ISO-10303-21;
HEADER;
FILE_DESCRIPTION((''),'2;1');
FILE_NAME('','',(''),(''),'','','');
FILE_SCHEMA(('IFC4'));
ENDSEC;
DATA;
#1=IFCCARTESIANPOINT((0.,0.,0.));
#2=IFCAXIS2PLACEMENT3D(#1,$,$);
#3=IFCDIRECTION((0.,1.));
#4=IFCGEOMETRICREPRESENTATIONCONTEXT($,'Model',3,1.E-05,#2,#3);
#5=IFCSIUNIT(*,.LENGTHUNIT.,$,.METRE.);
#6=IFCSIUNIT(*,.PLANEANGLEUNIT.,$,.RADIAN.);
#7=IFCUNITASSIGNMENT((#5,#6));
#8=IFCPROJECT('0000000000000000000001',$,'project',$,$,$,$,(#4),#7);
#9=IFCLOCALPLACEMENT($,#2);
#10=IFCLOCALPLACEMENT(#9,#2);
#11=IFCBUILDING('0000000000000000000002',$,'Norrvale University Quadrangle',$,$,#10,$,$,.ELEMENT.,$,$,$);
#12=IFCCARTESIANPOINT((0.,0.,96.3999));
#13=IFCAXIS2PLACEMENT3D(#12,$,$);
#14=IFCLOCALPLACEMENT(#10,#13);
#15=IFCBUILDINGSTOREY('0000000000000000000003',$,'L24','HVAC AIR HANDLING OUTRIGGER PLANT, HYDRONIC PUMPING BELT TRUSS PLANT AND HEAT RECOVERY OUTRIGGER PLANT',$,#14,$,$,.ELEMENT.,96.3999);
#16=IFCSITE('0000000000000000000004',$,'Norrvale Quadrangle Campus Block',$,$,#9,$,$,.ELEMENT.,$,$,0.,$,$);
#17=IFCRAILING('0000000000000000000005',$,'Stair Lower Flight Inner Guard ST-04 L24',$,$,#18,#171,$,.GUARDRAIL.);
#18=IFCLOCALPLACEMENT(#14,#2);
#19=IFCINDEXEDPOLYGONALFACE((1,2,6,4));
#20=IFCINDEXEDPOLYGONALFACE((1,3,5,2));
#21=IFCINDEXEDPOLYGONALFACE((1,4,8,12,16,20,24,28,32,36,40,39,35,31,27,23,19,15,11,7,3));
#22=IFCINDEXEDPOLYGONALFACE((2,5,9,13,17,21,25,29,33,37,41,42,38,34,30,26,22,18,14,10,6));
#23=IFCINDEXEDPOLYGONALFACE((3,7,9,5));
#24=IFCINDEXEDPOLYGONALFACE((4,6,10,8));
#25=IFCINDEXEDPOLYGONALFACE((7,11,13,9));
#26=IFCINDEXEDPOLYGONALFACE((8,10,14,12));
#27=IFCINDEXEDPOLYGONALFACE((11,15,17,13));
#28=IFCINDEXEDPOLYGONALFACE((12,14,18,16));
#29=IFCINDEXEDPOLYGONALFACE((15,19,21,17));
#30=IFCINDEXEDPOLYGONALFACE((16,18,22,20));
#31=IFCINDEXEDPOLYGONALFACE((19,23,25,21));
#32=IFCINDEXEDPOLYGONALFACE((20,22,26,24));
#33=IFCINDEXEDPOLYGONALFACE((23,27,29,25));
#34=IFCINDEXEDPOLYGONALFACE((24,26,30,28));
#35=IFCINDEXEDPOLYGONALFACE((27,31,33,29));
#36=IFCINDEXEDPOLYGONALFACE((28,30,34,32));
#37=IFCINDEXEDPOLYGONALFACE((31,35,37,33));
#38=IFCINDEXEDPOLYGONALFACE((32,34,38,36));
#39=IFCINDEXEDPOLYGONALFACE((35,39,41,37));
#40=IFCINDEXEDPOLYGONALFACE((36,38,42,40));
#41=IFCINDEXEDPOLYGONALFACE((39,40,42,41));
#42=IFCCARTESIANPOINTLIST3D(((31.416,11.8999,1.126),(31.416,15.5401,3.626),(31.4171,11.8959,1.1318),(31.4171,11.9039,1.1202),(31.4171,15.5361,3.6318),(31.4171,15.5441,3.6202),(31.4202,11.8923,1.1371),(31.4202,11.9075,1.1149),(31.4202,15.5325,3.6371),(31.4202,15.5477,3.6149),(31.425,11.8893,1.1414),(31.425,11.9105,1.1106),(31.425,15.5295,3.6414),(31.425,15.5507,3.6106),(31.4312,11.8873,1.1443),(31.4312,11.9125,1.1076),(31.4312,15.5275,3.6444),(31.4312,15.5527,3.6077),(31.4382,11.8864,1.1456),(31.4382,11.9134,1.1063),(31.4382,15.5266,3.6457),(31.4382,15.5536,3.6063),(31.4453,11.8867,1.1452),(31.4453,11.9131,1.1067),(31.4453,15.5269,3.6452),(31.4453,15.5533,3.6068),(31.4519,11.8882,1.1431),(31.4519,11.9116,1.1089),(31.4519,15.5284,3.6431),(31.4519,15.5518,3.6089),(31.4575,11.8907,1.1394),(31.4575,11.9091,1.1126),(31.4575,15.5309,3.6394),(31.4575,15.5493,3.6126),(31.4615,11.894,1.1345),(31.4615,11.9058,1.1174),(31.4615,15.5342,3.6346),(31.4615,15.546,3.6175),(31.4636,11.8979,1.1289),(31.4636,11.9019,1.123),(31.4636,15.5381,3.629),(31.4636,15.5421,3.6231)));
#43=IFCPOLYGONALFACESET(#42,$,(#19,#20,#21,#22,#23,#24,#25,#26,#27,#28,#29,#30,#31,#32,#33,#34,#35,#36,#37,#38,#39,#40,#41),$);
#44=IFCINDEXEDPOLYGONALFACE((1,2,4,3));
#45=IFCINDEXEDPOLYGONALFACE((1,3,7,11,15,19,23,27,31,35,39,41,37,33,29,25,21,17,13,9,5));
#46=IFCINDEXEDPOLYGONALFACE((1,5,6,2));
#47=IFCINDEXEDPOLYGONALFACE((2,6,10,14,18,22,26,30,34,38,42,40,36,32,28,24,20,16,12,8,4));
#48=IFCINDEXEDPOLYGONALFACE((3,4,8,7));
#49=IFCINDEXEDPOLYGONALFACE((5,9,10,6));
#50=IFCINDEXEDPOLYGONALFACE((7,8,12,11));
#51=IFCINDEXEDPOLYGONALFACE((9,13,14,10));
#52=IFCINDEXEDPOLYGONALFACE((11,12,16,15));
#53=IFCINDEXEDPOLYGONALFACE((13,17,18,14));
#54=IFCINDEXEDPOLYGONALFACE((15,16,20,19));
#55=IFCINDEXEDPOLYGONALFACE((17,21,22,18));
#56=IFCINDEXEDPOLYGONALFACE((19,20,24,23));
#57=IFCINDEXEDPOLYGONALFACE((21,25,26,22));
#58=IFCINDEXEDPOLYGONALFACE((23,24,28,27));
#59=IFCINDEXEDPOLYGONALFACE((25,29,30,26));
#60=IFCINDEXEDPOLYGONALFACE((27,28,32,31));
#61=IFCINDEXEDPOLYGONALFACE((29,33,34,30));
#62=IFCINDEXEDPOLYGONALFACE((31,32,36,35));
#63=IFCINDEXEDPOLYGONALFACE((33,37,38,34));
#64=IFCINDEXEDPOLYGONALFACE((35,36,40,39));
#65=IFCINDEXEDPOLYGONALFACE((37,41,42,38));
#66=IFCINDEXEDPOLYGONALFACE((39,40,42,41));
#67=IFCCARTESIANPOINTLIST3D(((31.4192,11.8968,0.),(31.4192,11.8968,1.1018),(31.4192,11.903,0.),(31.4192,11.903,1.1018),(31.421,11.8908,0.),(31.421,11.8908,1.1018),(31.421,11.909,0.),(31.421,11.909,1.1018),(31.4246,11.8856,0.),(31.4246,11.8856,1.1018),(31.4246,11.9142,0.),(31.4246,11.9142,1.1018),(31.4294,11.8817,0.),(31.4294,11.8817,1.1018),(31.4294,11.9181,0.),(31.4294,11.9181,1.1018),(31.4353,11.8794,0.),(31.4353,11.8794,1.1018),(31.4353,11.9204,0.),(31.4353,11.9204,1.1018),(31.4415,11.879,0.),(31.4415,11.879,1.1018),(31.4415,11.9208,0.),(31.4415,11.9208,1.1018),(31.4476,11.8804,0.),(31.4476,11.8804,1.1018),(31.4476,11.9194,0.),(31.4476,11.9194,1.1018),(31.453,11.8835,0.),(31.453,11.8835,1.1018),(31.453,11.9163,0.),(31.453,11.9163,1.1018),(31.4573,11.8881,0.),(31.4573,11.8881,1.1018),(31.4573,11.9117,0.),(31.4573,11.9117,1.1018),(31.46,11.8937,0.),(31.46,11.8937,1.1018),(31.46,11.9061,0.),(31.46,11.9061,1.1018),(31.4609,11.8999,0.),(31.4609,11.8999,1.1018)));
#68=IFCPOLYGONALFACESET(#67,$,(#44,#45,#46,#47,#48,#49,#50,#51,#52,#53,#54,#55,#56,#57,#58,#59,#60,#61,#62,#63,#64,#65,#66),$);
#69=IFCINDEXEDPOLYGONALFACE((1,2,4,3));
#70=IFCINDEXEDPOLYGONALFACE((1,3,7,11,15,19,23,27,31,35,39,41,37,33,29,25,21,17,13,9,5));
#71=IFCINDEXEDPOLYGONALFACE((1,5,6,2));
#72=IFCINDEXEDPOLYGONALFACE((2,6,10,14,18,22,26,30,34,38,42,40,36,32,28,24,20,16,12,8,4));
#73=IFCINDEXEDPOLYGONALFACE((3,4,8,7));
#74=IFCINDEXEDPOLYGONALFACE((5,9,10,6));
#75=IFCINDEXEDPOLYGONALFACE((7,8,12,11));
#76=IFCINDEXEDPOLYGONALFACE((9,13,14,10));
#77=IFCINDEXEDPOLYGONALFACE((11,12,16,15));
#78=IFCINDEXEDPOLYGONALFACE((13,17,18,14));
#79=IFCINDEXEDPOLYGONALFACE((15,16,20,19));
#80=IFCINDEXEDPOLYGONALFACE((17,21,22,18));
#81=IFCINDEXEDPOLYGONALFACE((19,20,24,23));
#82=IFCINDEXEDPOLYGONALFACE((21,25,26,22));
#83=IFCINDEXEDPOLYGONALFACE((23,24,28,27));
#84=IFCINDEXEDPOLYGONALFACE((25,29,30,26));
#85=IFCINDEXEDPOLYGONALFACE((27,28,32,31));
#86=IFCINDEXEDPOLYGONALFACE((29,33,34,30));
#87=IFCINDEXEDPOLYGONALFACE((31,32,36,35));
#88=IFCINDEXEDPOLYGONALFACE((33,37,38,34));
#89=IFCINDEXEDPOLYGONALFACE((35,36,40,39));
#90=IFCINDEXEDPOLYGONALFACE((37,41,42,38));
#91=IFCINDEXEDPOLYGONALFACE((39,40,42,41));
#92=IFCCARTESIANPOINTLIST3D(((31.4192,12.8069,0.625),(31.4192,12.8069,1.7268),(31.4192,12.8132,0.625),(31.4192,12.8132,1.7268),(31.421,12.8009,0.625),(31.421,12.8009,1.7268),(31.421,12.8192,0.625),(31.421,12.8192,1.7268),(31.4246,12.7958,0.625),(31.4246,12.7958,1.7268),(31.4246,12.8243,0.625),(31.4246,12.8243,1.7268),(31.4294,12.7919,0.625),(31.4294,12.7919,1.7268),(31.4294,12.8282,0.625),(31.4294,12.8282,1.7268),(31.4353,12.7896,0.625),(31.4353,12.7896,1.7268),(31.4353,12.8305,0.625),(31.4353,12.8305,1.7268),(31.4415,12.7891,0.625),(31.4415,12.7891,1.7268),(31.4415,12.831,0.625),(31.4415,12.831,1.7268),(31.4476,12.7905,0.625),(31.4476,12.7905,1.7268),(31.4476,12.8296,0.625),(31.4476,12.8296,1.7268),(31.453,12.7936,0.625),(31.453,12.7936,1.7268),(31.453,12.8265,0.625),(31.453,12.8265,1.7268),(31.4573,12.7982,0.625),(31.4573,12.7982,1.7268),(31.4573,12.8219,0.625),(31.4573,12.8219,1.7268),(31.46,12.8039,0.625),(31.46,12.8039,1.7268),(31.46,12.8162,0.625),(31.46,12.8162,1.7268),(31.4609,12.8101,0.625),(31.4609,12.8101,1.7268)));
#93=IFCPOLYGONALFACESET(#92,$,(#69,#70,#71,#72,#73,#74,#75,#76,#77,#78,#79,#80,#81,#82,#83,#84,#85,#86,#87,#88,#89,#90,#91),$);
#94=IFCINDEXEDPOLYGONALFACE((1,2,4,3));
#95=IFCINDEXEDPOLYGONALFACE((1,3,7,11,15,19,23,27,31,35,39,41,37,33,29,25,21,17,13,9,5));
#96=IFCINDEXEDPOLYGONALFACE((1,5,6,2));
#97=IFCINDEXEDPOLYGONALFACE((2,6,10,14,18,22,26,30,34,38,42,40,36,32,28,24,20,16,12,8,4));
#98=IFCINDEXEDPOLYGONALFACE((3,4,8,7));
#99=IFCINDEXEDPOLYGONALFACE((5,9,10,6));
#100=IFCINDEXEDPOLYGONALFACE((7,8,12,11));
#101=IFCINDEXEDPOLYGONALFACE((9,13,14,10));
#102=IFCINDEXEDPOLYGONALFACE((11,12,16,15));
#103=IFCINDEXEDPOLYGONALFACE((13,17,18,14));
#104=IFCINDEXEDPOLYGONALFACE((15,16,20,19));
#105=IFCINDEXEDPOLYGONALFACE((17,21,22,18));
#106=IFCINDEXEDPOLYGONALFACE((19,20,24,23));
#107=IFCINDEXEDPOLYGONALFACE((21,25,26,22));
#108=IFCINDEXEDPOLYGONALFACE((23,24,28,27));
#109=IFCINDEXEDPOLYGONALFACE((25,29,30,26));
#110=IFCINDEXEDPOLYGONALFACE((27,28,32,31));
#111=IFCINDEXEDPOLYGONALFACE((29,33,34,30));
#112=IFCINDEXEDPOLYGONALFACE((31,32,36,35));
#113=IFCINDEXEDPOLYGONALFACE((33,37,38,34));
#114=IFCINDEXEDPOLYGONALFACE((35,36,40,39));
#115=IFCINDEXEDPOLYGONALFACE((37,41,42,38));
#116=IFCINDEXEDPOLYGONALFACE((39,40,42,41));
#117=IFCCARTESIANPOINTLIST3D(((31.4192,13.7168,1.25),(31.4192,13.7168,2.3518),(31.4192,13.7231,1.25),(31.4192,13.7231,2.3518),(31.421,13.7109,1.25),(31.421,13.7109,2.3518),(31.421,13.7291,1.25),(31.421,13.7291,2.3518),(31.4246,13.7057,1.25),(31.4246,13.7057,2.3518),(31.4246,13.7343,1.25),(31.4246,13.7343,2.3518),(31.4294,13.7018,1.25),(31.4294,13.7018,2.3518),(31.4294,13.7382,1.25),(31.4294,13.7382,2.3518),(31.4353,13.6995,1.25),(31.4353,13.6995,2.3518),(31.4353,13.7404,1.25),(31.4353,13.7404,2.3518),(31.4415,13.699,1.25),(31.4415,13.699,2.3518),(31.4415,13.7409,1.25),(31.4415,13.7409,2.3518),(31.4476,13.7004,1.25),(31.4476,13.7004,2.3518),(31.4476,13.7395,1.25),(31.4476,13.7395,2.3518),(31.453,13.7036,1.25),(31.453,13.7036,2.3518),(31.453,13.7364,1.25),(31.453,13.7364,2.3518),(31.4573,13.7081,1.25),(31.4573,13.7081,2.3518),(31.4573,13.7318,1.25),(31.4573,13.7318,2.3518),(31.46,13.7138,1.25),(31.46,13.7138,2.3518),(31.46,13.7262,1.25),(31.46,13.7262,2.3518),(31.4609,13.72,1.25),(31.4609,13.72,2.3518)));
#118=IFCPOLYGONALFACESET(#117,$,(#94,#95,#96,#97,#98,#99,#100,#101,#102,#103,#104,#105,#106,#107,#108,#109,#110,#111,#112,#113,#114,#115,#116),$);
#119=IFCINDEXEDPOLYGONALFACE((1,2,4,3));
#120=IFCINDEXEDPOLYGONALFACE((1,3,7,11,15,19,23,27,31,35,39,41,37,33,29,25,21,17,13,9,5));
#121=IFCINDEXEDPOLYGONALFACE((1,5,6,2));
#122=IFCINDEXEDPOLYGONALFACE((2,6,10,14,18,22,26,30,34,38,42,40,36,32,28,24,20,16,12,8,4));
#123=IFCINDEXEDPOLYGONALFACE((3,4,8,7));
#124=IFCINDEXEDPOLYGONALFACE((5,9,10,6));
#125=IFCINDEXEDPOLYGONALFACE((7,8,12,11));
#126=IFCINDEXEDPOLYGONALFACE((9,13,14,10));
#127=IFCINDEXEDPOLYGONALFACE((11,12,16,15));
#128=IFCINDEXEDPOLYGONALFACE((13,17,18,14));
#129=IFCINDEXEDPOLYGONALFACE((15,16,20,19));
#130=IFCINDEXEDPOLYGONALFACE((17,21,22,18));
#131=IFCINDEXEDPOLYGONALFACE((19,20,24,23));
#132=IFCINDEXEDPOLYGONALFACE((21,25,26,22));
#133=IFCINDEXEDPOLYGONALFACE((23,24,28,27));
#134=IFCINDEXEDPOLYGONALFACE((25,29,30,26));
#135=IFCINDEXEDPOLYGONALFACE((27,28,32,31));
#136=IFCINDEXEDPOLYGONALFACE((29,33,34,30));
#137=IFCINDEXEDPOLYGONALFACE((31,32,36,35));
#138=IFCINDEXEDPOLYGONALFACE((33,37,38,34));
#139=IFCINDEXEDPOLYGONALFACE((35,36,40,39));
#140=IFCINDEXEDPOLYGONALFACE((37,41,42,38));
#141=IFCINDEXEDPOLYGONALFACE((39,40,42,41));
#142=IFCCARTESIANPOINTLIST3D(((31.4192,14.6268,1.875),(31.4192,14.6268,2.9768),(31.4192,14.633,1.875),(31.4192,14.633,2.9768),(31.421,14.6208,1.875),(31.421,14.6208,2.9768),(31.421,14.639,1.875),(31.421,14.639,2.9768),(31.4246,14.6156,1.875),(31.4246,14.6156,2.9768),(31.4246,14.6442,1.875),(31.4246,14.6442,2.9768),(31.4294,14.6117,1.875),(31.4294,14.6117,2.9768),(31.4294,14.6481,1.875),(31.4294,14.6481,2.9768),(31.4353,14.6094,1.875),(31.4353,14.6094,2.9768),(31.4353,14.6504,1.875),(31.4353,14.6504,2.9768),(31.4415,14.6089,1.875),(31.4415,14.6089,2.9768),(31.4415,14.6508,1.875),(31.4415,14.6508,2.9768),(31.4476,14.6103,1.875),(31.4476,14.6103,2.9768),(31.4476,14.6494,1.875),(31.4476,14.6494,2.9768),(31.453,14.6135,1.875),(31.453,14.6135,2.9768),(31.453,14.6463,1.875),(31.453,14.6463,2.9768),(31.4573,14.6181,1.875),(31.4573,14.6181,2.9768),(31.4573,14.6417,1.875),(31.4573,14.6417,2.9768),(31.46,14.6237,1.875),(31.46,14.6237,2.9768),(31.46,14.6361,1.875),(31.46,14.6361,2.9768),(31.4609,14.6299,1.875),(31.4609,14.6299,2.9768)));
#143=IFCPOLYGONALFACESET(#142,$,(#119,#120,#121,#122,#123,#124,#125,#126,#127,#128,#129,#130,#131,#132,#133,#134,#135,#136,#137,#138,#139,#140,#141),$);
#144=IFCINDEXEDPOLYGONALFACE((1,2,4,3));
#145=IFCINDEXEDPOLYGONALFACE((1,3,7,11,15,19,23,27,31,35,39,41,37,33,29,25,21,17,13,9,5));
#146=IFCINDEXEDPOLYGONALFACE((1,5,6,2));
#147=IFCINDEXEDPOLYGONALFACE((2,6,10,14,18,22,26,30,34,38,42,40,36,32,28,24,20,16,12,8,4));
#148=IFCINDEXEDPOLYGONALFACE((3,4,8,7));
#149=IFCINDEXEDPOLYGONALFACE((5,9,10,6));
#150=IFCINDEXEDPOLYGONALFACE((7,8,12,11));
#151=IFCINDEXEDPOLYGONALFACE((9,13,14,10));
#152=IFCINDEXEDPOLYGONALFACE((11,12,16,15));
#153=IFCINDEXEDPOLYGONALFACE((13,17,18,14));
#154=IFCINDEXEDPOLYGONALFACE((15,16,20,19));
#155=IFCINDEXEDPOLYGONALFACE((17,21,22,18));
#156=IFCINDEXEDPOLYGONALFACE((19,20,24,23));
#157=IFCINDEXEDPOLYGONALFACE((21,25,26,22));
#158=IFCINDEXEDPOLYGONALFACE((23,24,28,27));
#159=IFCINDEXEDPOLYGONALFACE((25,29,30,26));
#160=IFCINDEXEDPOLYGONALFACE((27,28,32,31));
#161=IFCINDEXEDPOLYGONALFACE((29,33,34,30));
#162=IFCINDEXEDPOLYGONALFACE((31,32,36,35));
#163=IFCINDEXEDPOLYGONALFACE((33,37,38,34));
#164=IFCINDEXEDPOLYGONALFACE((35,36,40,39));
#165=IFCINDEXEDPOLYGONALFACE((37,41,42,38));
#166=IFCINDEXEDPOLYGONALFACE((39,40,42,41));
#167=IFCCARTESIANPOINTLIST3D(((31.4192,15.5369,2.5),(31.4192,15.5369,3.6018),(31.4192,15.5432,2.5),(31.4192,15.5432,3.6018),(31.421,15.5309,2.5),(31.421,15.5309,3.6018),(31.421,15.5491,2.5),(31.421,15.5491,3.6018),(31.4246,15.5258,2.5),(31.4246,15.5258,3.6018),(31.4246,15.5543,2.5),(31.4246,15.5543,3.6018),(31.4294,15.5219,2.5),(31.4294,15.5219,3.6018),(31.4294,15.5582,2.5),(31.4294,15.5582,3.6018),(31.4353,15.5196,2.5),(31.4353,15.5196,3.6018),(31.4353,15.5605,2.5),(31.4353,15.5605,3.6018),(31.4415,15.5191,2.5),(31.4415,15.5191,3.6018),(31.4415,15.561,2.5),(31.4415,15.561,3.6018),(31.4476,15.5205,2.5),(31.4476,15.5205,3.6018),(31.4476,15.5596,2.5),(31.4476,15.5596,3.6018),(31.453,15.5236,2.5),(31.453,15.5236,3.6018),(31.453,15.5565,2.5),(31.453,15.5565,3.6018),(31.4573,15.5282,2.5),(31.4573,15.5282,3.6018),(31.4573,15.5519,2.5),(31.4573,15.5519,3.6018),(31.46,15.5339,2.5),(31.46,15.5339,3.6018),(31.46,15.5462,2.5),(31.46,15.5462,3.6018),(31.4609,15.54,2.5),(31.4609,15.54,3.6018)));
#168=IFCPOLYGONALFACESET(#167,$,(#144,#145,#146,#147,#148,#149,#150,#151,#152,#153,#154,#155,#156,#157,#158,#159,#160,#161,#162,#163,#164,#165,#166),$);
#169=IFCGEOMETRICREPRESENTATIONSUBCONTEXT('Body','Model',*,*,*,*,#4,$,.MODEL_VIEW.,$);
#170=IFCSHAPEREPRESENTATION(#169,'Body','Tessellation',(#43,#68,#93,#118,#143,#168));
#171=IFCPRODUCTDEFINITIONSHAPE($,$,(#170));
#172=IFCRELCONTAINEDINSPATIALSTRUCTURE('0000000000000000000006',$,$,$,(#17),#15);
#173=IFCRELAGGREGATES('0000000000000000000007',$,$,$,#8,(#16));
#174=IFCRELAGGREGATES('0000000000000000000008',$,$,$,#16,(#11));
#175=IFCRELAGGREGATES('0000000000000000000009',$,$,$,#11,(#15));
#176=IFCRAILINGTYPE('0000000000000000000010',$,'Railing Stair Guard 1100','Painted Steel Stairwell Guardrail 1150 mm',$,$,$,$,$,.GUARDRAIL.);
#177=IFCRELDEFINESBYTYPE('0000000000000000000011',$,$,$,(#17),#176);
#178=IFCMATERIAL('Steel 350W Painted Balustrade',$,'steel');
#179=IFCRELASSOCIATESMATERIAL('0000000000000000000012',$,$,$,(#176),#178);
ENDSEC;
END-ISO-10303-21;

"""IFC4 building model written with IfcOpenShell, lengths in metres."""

from ifc_helpers import new_model, si_unit, direction, frame, origin, origin_2d, place, context, subcontext, project, spatial, circle, extrude, material, type_object, element, save


model = new_model("IFC4")

# Units and contexts
model_context = context("Model", 3, precision=1e-05, world=origin(), true_north=direction((0.0, 1.0)))
body_context = subcontext(model_context, "Body", "Model", "MODEL_VIEW")
ifc_project = project(units=[si_unit("LENGTHUNIT", "METRE"), si_unit("PLANEANGLEUNIT", "RADIAN")], contexts=[model_context])

# Site, building, storey
site_placement = place(None, origin())
site = spatial("IfcSite", under=ifc_project, at=site_placement, Name="Norrvale Quadrangle Campus Block", CompositionType="ELEMENT", RefElevation=0.0)
building_placement = place(site_placement, origin())
building = spatial("IfcBuilding", under=site, at=building_placement, Name="Norrvale University Quadrangle", CompositionType="ELEMENT")
storey_placement = place(building_placement, frame((0.0, 0.0, 96.3999)))
storey = spatial("IfcBuildingStorey", under=building, at=storey_placement, Name="L24", Description="HVAC AIR HANDLING OUTRIGGER PLANT, HYDRONIC PUMPING BELT TRUSS PLANT AND HEAT RECOVERY OUTRIGGER PLANT", CompositionType="ELEMENT", Elevation=96.3999)

# Railing
ifc_material_1 = material(Name="Steel 350W Painted Balustrade", Category="steel")
railing_type_1 = type_object("IfcRailingType", Name="Railing Stair Guard 1100", Description="Painted Steel Stairwell Guardrail 1150 mm", PredefinedType="GUARDRAIL", material=ifc_material_1)
railing_1_placement = place(storey_placement, frame((31.4399, 11.8999, 0.0)))
element("IfcRailing", 1, at=railing_1_placement, inside=storey, type_object=railing_type_1, Name="Stair Lower Flight Inner Guard ST-04 L24", PredefinedType="GUARDRAIL", context=body_context, shape_type="SweptSolid", body=[
    extrude(circle(Radius=0.0239, at=origin_2d()), frame((0.0, 0.0, 1.126), z_axis=(0.0, 0.824316, 0.56613), x_axis=(-1.0, 0.0, 0.0)), (0.0, 0.0, 1.0), 4.416),
    extrude(circle(Radius=0.021, at=origin_2d()), origin(), (0.0, 0.0, 1.0), 1.1018),
    extrude(circle(Radius=0.021, at=origin_2d()), frame((0.0, 0.9102, 0.625)), (0.0, 0.0, 1.0), 1.1018),
    extrude(circle(Radius=0.021, at=origin_2d()), frame((0.0, 1.8201, 1.25)), (0.0, 0.0, 1.0), 1.1018),
    extrude(circle(Radius=0.021, at=origin_2d()), frame((0.0, 2.73, 1.875)), (0.0, 0.0, 1.0), 1.1018),
    extrude(circle(Radius=0.021, at=origin_2d()), frame((0.0, 3.6401, 2.5)), (0.0, 0.0, 1.0), 1.1018),
])

save(model, "model.ifc")
